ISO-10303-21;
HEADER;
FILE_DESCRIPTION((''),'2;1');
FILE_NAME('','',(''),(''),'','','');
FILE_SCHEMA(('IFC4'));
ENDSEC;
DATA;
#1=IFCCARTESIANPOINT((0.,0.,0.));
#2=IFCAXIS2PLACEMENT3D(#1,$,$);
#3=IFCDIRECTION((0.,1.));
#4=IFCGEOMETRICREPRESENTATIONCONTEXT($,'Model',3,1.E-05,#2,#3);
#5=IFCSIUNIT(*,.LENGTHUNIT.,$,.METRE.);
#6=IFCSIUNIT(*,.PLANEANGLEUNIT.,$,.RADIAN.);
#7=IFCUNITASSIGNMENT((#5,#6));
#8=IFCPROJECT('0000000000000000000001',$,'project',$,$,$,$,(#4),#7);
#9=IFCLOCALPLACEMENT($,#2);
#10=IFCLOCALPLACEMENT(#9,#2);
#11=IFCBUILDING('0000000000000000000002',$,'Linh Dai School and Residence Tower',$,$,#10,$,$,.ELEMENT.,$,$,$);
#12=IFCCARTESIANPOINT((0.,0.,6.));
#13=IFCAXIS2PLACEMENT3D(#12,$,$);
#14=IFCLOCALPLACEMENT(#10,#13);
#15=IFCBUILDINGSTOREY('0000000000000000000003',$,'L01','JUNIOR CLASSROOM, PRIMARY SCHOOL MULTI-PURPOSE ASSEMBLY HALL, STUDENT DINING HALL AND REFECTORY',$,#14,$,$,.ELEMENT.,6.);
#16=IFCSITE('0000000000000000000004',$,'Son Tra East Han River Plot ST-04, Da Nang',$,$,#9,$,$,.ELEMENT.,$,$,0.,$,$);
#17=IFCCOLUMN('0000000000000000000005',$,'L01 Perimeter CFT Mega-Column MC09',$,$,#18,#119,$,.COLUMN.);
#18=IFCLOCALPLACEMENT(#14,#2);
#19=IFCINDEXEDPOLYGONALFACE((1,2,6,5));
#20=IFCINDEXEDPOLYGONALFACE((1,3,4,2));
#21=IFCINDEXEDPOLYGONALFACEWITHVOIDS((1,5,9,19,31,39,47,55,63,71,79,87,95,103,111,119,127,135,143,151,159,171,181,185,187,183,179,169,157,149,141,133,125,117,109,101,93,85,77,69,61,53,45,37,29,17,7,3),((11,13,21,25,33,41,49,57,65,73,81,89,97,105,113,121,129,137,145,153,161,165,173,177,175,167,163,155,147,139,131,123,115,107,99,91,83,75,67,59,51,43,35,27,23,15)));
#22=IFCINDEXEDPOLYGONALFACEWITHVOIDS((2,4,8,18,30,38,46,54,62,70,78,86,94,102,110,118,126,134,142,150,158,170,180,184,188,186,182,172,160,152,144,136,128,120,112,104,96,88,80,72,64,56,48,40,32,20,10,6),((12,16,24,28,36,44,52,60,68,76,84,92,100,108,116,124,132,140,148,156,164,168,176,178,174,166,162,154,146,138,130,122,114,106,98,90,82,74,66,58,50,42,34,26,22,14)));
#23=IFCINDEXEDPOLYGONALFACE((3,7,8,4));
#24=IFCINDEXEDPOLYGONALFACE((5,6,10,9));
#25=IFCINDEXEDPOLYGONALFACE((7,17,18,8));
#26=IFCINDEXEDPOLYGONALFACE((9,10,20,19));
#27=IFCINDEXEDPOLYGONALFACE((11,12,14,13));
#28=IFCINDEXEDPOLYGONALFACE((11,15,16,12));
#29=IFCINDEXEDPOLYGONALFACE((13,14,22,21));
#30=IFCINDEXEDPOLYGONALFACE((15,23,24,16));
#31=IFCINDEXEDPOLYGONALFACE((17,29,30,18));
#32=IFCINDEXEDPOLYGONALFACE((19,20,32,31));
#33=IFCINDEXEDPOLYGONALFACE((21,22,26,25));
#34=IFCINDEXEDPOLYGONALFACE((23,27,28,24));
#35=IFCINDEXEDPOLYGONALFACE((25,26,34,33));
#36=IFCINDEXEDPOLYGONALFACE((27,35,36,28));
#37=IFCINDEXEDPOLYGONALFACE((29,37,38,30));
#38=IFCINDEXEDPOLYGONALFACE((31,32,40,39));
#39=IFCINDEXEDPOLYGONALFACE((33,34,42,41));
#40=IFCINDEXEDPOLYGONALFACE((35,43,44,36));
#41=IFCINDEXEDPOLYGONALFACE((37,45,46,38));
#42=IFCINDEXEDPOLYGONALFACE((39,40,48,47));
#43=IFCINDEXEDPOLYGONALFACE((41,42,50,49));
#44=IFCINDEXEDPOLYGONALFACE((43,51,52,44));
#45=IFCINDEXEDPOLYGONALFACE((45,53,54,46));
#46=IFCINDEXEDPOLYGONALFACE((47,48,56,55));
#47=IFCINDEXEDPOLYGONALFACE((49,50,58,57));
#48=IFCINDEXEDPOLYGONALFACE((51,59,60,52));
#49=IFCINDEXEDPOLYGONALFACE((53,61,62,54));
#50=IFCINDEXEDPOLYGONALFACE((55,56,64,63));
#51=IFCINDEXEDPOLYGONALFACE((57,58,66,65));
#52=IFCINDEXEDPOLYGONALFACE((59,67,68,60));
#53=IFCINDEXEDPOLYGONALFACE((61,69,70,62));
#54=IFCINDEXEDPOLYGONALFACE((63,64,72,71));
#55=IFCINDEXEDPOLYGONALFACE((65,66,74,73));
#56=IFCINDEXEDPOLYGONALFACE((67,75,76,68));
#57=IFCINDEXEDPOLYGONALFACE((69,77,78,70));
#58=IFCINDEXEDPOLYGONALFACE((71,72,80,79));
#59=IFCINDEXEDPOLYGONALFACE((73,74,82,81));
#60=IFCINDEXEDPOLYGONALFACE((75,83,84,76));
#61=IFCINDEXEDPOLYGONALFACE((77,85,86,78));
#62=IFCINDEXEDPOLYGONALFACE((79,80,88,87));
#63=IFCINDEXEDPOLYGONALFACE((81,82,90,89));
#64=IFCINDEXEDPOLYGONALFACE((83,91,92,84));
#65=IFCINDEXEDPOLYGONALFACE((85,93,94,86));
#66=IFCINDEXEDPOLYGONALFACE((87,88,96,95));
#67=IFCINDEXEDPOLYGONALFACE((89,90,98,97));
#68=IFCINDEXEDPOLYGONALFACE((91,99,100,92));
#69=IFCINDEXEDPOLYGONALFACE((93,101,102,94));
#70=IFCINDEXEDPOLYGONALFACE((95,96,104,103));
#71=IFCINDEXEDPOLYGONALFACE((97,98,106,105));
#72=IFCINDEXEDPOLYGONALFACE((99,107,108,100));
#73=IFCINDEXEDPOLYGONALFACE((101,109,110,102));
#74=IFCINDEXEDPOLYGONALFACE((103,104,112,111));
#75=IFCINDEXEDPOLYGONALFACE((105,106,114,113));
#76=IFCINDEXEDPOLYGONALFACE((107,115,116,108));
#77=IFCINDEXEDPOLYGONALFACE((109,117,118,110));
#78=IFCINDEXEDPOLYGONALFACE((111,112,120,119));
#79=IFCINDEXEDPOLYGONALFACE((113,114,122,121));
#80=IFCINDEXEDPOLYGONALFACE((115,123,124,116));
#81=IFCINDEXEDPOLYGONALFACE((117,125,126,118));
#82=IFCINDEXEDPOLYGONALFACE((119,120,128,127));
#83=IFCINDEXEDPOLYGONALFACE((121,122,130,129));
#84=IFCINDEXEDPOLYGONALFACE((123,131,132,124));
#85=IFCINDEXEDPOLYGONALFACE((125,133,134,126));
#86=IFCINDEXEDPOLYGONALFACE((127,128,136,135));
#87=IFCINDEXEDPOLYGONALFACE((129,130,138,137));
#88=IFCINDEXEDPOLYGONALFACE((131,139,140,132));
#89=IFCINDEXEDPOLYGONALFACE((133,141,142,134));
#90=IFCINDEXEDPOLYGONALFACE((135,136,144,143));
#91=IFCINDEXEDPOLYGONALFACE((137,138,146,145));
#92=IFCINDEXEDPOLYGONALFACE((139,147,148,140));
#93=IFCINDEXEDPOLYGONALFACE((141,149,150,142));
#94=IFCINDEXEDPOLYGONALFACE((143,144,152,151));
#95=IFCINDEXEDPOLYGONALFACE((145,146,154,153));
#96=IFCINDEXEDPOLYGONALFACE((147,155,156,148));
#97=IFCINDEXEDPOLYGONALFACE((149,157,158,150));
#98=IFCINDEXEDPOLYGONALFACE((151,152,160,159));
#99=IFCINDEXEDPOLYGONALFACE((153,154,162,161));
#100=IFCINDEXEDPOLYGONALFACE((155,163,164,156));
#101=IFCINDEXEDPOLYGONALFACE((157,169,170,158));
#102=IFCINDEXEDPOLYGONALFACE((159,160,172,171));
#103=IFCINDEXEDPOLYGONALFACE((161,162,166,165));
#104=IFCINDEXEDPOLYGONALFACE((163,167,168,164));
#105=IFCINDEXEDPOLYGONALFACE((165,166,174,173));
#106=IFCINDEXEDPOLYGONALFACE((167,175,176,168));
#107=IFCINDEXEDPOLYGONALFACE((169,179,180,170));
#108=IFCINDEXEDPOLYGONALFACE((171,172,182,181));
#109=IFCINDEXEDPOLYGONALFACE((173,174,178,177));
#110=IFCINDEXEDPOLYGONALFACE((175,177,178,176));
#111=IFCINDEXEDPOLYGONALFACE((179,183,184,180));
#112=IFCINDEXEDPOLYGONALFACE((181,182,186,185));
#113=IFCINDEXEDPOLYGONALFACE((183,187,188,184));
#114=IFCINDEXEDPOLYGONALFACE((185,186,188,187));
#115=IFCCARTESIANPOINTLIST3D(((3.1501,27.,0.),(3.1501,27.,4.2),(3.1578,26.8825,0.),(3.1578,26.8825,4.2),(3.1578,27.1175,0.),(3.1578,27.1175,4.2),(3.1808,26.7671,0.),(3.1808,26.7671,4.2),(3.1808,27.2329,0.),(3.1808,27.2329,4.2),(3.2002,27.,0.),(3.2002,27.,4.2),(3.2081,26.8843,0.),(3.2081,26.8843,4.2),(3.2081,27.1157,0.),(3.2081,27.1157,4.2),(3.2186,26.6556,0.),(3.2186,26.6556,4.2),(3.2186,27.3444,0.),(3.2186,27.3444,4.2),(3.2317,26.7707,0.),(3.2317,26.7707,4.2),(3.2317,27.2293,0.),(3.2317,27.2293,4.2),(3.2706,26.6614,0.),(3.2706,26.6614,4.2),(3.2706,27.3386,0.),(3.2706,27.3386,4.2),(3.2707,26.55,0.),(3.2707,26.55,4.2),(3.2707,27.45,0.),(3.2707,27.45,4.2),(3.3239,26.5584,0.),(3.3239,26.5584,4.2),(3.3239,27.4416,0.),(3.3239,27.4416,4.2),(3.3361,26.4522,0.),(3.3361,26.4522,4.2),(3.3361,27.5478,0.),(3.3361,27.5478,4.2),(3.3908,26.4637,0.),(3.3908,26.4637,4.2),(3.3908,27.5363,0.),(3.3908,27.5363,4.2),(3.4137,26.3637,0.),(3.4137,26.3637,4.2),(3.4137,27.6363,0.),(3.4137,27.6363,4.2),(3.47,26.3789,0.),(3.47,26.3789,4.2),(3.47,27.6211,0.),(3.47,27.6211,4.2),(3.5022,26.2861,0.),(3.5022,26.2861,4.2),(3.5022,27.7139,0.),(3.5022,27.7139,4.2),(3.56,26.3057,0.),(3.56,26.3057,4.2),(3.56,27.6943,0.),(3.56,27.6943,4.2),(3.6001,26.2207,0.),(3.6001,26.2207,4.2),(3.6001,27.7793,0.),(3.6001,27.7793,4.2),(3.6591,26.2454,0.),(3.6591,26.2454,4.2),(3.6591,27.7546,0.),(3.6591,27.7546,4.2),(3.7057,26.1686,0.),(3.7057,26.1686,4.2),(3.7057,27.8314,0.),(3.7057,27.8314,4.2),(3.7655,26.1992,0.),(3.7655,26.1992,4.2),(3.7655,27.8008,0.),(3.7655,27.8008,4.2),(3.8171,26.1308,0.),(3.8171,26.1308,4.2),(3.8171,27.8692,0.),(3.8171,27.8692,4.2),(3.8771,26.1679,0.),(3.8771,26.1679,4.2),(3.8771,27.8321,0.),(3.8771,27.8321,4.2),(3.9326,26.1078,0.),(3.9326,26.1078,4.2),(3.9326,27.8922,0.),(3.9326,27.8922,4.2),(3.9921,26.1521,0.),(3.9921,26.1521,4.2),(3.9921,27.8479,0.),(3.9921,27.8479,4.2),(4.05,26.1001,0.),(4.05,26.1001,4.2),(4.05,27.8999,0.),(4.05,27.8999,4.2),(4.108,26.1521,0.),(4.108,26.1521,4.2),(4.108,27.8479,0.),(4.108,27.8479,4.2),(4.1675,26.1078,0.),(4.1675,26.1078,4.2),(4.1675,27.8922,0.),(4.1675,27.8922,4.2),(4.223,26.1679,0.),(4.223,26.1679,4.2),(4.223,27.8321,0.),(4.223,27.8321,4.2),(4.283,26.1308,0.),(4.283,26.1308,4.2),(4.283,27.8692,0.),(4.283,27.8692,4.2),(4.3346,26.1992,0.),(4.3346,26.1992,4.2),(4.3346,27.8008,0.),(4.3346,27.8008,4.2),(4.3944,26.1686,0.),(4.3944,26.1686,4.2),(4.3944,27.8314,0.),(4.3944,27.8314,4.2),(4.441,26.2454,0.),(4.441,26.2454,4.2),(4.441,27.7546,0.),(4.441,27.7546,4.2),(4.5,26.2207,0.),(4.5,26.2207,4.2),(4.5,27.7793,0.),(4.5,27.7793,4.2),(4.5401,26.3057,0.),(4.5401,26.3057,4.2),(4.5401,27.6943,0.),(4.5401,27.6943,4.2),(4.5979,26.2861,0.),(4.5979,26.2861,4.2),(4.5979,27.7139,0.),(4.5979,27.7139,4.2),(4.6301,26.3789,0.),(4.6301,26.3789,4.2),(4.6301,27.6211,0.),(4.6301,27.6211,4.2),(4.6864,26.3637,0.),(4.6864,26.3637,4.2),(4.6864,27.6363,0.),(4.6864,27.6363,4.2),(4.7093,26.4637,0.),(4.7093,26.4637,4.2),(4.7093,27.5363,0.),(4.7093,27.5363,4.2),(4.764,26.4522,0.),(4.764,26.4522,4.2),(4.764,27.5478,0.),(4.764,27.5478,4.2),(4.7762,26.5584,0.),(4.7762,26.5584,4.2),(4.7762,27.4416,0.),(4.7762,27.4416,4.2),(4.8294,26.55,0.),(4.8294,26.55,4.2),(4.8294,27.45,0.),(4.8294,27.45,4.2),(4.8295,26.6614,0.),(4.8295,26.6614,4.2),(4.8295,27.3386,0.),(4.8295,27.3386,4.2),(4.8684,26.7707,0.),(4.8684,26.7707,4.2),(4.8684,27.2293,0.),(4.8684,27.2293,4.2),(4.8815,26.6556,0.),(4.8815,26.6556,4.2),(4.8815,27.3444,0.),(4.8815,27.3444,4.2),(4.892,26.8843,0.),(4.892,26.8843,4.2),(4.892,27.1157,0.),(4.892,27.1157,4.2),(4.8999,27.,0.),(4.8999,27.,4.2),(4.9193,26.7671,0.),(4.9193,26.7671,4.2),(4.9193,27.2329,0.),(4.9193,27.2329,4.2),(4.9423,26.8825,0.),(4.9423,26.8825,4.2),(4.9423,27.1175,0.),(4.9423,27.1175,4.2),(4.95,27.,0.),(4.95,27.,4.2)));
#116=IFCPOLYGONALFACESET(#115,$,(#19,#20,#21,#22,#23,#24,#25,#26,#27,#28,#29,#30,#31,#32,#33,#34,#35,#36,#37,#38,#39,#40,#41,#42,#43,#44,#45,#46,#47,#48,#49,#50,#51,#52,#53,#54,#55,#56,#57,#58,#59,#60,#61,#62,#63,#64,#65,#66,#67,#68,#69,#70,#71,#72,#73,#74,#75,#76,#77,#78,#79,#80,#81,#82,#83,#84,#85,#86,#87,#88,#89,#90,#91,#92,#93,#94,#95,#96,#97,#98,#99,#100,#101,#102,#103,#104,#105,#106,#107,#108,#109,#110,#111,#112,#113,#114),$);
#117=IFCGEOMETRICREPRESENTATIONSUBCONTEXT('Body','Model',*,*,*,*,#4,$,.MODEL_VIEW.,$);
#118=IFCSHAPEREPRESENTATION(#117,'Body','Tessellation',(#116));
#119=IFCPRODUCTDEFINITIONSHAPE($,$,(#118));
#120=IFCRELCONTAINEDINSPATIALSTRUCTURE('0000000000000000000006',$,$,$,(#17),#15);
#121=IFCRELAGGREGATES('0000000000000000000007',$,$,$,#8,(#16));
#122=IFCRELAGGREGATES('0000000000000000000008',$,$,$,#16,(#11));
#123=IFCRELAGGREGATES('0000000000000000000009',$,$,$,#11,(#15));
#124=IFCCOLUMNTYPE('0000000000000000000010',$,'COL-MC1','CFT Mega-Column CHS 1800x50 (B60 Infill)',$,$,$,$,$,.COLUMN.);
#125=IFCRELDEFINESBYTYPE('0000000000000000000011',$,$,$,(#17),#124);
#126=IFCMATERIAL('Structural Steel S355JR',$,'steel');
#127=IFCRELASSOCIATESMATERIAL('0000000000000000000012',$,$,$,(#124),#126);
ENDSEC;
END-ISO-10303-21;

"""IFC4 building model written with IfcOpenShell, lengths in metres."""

from ifc_helpers import new_model, si_unit, direction, frame, origin, origin_2d, place, context, subcontext, project, spatial, hollow_circle, extrude, material, material_profile, profile_set, type_object, element, save


model = new_model("IFC4")

# Units and contexts
model_context = context("Model", 3, precision=1e-05, world=origin(), true_north=direction((0.0, 1.0)))
body_context = subcontext(model_context, "Body", "Model", "MODEL_VIEW")
ifc_project = project(units=[si_unit("LENGTHUNIT", "METRE"), si_unit("PLANEANGLEUNIT", "RADIAN")], contexts=[model_context])

# Site, building, storey
site_placement = place(None, origin())
site = spatial("IfcSite", under=ifc_project, at=site_placement, Name="Son Tra East Han River Plot ST-04, Da Nang", CompositionType="ELEMENT", RefElevation=0.0)
building_placement = place(site_placement, origin())
building = spatial("IfcBuilding", under=site, at=building_placement, Name="Linh Dai School and Residence Tower", CompositionType="ELEMENT")
storey_placement = place(building_placement, frame((0.0, 0.0, 6.0)))
storey = spatial("IfcBuildingStorey", under=building, at=storey_placement, Name="L01", Description="JUNIOR CLASSROOM, PRIMARY SCHOOL MULTI-PURPOSE ASSEMBLY HALL, STUDENT DINING HALL AND REFECTORY", CompositionType="ELEMENT", Elevation=6.0)

# Column
ifc_material_1 = material(Name="Structural Steel S355JR", Category="steel")
ifc_material_profile_1 = material_profile(ifc_material_1, hollow_circle(Radius=0.8999, WallThickness=0.05, at=origin_2d()), Name="CHS 1800x50")
ifc_profile_set_1 = profile_set([ifc_material_profile_1], Name="Structural Steel S355JR")
column_type = type_object("IfcColumnType", Name="COL-MC1", Description="CFT Mega-Column CHS 1800x50 (B60 Infill)", PredefinedType="COLUMN", material=ifc_profile_set_1)
for number, where, z_axis, x_axis, name in (
    (1, (4.05, 27.0, 0.0), (0.0, 0.0, 1.0), (1.0, 0.0, 0.0), "L01 Perimeter CFT Mega-Column MC09"),
):
    element("IfcColumn", number, at=place(storey_placement, frame(where, z_axis=z_axis, x_axis=x_axis)), inside=storey, type_object=column_type, Name=name, PredefinedType="COLUMN", context=body_context, shape_type="SweptSolid", body=[
        extrude(hollow_circle(Radius=0.8999, WallThickness=0.05, at=origin_2d()), origin(), (0.0, 0.0, 1.0), 4.2),
    ])

save(model, "model.ifc")
